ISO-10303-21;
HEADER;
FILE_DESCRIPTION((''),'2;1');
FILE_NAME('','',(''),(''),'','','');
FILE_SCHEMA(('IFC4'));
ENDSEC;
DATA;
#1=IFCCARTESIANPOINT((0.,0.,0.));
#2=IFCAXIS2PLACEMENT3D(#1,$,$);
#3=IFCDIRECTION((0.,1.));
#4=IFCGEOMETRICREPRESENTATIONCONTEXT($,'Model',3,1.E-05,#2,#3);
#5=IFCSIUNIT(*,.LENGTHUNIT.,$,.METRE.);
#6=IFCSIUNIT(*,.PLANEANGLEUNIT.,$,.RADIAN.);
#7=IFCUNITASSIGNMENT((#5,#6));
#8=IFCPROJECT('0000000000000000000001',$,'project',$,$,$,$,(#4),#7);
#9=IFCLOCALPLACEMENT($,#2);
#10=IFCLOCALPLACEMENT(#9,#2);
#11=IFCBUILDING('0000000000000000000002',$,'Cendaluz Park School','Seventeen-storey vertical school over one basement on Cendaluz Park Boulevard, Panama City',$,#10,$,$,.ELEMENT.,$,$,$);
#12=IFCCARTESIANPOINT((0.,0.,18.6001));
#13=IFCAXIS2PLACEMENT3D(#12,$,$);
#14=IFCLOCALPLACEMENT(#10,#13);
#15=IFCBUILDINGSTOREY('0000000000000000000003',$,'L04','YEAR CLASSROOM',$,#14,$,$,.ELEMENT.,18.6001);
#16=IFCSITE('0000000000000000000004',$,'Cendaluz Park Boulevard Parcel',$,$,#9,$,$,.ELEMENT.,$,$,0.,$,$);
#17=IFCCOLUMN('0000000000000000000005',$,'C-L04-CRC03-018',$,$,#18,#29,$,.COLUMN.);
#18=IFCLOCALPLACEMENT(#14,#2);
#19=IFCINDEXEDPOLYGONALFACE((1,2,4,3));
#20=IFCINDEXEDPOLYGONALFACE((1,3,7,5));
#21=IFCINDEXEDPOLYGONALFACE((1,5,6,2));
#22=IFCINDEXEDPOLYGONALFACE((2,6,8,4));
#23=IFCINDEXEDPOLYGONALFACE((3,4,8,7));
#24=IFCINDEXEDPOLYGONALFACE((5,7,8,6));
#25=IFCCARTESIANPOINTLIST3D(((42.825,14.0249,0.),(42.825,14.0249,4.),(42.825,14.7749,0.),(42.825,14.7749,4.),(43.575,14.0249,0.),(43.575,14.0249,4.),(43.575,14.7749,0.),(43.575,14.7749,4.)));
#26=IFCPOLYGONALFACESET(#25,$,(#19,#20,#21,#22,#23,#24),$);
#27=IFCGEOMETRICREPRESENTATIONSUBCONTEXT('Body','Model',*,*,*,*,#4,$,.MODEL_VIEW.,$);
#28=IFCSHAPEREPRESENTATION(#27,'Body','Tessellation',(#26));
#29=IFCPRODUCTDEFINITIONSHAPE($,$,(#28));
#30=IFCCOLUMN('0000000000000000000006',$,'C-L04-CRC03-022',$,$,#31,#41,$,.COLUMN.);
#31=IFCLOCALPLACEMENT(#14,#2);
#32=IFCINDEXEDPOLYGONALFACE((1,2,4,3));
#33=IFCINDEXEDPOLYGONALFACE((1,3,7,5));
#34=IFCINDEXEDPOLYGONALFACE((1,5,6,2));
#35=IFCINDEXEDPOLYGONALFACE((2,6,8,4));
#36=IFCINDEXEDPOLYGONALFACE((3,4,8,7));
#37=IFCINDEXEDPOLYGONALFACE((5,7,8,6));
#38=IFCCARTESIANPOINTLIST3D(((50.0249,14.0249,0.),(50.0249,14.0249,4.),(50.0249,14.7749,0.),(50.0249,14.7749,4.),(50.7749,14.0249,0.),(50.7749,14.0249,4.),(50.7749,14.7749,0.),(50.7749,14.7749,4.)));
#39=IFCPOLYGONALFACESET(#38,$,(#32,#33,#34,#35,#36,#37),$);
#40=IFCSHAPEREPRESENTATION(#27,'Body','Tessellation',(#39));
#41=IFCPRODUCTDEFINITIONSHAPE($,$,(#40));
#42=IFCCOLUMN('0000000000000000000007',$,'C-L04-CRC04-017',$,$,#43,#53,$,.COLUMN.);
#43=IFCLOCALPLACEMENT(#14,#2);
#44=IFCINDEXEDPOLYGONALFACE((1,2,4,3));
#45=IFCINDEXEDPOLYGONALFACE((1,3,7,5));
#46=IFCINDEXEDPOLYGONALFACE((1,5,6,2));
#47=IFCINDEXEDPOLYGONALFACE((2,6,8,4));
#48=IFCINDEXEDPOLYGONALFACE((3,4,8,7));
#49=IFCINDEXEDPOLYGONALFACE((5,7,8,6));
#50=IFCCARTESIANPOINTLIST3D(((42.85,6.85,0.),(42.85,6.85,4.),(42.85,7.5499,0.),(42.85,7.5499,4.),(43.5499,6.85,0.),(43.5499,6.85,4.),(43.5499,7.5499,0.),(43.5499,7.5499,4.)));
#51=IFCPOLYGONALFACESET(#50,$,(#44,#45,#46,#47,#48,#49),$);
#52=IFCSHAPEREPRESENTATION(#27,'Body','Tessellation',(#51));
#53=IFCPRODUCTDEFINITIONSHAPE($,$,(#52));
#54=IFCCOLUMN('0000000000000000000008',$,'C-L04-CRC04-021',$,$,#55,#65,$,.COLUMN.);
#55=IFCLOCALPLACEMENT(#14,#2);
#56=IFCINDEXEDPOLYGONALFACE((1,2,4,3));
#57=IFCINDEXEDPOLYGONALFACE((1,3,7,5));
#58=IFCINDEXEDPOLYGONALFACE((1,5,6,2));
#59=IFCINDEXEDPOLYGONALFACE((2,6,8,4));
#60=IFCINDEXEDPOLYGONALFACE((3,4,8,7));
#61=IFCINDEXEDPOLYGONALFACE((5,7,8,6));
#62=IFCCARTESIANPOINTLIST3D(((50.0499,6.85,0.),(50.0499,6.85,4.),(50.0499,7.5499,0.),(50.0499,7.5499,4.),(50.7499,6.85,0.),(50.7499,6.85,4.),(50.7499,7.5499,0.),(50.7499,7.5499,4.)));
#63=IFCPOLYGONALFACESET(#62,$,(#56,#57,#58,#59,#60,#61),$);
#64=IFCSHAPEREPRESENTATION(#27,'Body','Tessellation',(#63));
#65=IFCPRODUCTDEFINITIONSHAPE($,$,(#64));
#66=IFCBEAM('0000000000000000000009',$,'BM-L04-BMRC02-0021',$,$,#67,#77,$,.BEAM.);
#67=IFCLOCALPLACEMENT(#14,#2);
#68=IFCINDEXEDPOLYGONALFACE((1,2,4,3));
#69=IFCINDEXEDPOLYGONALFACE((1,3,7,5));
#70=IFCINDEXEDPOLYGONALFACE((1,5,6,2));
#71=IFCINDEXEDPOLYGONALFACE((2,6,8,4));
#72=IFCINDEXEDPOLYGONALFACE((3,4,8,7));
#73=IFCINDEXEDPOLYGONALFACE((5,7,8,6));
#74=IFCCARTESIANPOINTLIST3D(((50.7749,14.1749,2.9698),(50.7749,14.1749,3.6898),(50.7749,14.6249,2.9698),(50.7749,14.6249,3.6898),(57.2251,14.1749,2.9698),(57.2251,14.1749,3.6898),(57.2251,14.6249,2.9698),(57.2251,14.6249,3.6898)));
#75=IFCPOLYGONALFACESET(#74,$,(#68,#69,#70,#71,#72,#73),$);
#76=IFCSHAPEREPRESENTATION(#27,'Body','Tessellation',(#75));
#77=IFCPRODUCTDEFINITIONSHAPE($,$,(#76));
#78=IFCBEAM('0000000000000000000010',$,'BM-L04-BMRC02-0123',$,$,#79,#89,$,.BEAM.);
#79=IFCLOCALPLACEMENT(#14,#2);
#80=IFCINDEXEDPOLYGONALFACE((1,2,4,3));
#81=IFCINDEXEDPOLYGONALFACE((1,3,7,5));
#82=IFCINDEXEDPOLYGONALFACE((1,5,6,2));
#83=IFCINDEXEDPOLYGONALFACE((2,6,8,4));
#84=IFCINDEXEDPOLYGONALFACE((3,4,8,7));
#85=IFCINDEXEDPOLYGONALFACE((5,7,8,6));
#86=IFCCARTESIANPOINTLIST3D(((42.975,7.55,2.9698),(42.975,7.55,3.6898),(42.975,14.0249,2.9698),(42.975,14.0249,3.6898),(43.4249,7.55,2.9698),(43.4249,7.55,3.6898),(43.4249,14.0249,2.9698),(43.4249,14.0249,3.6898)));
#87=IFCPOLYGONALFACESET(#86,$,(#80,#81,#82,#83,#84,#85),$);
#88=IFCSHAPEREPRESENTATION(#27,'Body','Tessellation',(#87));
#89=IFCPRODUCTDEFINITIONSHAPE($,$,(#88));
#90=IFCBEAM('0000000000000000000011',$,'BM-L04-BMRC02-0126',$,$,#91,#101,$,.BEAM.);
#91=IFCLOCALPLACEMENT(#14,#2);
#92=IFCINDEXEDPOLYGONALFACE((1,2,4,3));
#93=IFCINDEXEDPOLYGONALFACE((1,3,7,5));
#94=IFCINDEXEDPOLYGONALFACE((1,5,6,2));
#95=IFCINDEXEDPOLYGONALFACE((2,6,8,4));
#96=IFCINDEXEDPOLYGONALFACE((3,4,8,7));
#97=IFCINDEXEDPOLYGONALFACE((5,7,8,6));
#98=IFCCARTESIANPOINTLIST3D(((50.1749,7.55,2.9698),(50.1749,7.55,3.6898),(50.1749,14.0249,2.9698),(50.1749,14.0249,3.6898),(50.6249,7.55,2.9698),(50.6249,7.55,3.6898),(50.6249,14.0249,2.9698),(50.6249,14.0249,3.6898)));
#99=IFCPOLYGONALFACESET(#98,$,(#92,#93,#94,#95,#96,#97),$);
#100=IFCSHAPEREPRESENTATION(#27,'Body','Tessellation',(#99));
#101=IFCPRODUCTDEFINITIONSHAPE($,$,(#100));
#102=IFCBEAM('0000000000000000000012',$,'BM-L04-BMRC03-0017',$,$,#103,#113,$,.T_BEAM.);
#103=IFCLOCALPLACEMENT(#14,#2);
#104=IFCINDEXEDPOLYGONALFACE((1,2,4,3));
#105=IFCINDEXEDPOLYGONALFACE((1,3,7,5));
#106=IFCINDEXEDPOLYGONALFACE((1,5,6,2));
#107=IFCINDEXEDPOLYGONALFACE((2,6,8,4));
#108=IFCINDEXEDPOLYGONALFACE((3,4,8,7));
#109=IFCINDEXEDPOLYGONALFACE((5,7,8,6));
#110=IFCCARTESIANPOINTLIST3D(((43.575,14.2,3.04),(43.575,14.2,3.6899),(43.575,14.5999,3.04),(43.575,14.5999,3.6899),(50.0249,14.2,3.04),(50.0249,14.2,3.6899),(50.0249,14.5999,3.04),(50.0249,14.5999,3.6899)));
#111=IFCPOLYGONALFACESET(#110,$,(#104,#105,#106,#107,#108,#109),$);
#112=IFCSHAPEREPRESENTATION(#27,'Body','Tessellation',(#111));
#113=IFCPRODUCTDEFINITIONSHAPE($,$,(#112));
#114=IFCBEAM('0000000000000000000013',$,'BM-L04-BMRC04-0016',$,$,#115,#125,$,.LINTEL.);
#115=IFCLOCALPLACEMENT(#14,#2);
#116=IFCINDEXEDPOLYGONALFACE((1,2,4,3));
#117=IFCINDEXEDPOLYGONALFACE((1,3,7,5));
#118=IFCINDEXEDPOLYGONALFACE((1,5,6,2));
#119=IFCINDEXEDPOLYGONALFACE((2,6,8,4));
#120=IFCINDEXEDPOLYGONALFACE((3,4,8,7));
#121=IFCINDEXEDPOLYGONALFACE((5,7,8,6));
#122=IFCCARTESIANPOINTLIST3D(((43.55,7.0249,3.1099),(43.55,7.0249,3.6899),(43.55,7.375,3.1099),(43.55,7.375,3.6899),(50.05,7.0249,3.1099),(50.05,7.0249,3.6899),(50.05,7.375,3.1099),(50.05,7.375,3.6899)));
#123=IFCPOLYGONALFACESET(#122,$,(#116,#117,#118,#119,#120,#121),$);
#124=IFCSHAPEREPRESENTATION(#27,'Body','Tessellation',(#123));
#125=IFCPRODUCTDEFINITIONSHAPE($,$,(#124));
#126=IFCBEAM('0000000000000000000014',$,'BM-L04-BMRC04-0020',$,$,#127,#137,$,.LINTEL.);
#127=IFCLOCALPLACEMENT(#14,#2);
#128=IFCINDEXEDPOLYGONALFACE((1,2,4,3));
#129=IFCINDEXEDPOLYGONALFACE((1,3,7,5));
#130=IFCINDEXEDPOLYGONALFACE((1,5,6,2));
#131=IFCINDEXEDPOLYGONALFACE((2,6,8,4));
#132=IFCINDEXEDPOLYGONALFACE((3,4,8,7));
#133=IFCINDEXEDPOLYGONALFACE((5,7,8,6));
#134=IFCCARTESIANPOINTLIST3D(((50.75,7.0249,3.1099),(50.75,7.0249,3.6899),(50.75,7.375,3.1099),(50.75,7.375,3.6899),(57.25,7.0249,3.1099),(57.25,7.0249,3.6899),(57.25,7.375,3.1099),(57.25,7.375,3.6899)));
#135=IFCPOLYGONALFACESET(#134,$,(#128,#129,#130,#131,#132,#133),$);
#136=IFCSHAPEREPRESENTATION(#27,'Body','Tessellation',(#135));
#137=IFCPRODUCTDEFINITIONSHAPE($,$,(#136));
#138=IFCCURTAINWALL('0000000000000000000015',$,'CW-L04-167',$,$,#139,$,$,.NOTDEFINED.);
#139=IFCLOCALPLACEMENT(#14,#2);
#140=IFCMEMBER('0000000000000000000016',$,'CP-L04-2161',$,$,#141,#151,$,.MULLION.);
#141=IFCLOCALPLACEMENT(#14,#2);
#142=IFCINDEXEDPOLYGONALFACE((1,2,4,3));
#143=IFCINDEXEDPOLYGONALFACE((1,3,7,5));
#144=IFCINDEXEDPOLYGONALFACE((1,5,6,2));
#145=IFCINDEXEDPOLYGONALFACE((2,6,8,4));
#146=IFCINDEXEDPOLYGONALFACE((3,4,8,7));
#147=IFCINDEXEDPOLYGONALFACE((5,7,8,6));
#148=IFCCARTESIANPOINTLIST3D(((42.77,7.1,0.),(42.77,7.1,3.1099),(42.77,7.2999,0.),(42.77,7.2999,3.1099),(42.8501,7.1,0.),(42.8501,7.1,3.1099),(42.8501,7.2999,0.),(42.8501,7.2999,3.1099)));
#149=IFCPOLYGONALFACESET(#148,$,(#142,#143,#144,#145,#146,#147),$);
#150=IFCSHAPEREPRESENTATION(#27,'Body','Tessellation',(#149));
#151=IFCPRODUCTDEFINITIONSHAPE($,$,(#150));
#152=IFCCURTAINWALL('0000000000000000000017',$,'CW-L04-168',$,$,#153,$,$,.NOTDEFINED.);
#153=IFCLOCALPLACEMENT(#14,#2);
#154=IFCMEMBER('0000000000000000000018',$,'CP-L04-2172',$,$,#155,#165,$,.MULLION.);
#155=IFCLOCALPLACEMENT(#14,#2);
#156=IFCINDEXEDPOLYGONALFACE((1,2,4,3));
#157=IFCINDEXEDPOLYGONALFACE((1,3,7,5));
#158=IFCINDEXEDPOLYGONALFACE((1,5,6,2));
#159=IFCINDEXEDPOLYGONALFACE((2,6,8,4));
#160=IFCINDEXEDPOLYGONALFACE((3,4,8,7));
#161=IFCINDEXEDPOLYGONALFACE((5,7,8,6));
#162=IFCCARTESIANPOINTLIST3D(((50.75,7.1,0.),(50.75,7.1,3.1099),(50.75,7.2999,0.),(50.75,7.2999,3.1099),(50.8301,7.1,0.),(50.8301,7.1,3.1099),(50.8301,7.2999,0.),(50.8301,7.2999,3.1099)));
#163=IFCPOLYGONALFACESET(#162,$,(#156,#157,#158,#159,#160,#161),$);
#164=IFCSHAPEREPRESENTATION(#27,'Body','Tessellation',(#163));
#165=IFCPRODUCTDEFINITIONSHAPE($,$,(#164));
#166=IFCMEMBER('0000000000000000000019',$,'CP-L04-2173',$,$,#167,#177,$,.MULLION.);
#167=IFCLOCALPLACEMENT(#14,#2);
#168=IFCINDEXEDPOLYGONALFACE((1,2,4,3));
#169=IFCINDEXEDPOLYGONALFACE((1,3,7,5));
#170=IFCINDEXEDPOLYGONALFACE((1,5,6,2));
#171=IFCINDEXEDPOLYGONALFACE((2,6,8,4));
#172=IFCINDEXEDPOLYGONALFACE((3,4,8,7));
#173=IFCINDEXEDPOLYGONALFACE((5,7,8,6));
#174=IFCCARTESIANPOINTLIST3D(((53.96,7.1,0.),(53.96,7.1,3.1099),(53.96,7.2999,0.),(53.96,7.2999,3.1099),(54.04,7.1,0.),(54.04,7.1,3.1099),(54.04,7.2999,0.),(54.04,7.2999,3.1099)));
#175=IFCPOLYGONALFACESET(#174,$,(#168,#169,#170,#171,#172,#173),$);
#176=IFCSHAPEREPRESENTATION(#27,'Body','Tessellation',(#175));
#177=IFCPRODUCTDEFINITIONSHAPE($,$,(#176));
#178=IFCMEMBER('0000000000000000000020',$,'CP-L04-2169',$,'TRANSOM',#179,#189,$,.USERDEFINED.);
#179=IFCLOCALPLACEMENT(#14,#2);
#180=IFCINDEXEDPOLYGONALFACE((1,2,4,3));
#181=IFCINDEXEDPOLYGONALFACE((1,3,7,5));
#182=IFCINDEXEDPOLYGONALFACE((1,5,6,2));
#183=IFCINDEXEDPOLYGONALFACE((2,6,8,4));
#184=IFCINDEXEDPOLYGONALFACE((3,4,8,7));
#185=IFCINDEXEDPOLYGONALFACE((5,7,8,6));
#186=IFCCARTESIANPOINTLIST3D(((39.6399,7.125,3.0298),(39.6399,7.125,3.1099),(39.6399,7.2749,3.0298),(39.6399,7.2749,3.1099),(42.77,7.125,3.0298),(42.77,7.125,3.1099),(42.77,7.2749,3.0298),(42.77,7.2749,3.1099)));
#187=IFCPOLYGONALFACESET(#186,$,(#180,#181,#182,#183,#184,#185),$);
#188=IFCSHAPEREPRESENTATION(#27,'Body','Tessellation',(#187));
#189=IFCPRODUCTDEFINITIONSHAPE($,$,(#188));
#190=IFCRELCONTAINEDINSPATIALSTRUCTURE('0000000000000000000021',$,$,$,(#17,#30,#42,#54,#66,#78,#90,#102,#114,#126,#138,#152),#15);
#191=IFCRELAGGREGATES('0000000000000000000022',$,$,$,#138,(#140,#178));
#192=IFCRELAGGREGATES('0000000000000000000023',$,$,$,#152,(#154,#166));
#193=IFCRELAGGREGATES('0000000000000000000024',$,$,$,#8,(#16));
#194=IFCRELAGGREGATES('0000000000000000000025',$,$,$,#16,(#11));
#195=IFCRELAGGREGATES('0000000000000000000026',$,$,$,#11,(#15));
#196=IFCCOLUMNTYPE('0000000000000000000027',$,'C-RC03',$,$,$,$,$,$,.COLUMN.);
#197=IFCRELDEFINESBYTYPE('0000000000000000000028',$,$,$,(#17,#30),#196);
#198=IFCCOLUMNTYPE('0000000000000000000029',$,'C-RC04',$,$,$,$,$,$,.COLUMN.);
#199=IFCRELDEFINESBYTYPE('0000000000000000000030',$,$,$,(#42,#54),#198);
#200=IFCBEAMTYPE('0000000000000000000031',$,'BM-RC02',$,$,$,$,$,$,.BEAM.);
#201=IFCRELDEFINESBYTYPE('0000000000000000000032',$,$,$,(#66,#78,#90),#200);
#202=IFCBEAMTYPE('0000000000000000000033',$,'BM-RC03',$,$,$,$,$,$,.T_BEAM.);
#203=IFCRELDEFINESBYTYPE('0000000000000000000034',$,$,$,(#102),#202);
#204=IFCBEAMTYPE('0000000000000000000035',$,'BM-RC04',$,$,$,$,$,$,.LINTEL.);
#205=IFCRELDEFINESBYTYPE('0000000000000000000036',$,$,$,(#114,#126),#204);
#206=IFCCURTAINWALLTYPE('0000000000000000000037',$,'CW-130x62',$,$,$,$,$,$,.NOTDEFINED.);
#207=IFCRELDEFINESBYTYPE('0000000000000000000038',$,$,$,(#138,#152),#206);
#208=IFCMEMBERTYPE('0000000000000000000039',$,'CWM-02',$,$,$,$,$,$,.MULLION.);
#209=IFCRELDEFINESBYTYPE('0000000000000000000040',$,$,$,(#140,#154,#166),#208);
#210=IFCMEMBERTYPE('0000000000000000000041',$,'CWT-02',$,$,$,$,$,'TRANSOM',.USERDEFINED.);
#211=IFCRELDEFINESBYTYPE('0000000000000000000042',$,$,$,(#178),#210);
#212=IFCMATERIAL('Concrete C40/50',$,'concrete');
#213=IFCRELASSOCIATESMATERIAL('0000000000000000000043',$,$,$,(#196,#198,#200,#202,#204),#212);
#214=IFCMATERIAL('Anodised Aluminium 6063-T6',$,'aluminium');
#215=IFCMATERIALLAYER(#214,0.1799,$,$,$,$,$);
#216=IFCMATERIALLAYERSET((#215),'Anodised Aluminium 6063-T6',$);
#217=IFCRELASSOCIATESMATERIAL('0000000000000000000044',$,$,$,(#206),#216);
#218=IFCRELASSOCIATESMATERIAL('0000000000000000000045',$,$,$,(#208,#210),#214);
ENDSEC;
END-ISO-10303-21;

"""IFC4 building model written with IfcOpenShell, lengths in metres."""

from ifc_helpers import new_model, si_unit, direction, frame, origin, origin_2d, place, context, subcontext, project, spatial, rectangle, extrude, material, layer, layer_set, material_profile, profile_set, type_object, element, aggregate, save


model = new_model("IFC4")

# Units and contexts
model_context = context("Model", 3, precision=1e-05, world=origin(), true_north=direction((0.0, 1.0)))
body_context = subcontext(model_context, "Body", "Model", "MODEL_VIEW")
ifc_project = project(units=[si_unit("LENGTHUNIT", "METRE"), si_unit("PLANEANGLEUNIT", "RADIAN")], contexts=[model_context])

# Site, building, storey
site_placement = place(None, origin())
site = spatial("IfcSite", under=ifc_project, at=site_placement, Name="Cendaluz Park Boulevard Parcel", CompositionType="ELEMENT", RefElevation=0.0)
building_placement = place(site_placement, origin())
building = spatial("IfcBuilding", under=site, at=building_placement, Name="Cendaluz Park School", Description="Seventeen-storey vertical school over one basement on Cendaluz Park Boulevard, Panama City", CompositionType="ELEMENT")
storey_placement = place(building_placement, frame((0.0, 0.0, 18.6001)))
storey = spatial("IfcBuildingStorey", under=building, at=storey_placement, Name="L04", Description="YEAR CLASSROOM", CompositionType="ELEMENT", Elevation=18.6001)

# Columns
ifc_material_1 = material(Name="Concrete C40/50", Category="concrete")
ifc_material_profile_1 = material_profile(ifc_material_1, rectangle(XDim=0.75, YDim=0.75, at=origin_2d()), Name="RC 750x750", Category="concrete")
ifc_profile_set_1 = profile_set([ifc_material_profile_1], Name="Concrete C40/50")
column_type_1 = type_object("IfcColumnType", Name="C-RC03", PredefinedType="COLUMN", material=ifc_profile_set_1)
for number, where, z_axis, x_axis, name in (
    (1, (43.2, 14.3999, 0.0), (0.0, 0.0, 1.0), (1.0, 0.0, 0.0), "C-L04-CRC03-018"),
    (2, (50.3999, 14.3999, 0.0), (0.0, 0.0, 1.0), (1.0, 0.0, 0.0), "C-L04-CRC03-022"),
):
    element("IfcColumn", number, at=place(storey_placement, frame(where, z_axis=z_axis, x_axis=x_axis)), inside=storey, type_object=column_type_1, Name=name, PredefinedType="COLUMN", context=body_context, shape_type="SweptSolid", body=[
        extrude(rectangle(XDim=0.75, YDim=0.75, at=origin_2d()), origin(), (0.0, 0.0, 1.0), 4.0),
    ])
ifc_material_profile_2 = material_profile(ifc_material_1, rectangle(XDim=0.7, YDim=0.7, at=origin_2d()), Name="RC 700x700", Category="concrete")
ifc_profile_set_2 = profile_set([ifc_material_profile_2], Name="Concrete C40/50")
column_type_2 = type_object("IfcColumnType", Name="C-RC04", PredefinedType="COLUMN", material=ifc_profile_set_2)
for number, where, z_axis, x_axis, name in (
    (3, (43.2, 7.2, 0.0), (0.0, 0.0, 1.0), (1.0, 0.0, 0.0), "C-L04-CRC04-017"),
    (4, (50.3999, 7.2, 0.0), (0.0, 0.0, 1.0), (1.0, 0.0, 0.0), "C-L04-CRC04-021"),
):
    element("IfcColumn", number, at=place(storey_placement, frame(where, z_axis=z_axis, x_axis=x_axis)), inside=storey, type_object=column_type_2, Name=name, PredefinedType="COLUMN", context=body_context, shape_type="SweptSolid", body=[
        extrude(rectangle(XDim=0.7, YDim=0.7, at=origin_2d()), origin(), (0.0, 0.0, 1.0), 4.0),
    ])

# Beams
ifc_material_profile_3 = material_profile(ifc_material_1, rectangle(XDim=0.45, YDim=0.72, at=origin_2d()), Name="RC 450x720", Category="concrete")
ifc_profile_set_3 = profile_set([ifc_material_profile_3], Name="Concrete C40/50")
beam_type_1 = type_object("IfcBeamType", Name="BM-RC02", PredefinedType="BEAM", material=ifc_profile_set_3)
beam_1_placement = place(storey_placement, frame((50.7749, 14.3999, 3.3298), z_axis=(1.0, 0.0, 0.0), x_axis=(0.0, 1.0, 0.0)))
element("IfcBeam", 5, at=beam_1_placement, inside=storey, type_object=beam_type_1, Name="BM-L04-BMRC02-0021", PredefinedType="BEAM", context=body_context, shape_type="SweptSolid", body=[
    extrude(rectangle(XDim=0.45, YDim=0.72, at=origin_2d()), origin(), (0.0, 0.0, 1.0), 6.4502),
])
for number, where, z_axis, x_axis, name in (
    (6, (43.2, 7.55, 3.3298), (0.0, 1.0, 0.0), (-1.0, 0.0, 0.0), "BM-L04-BMRC02-0123"),
    (7, (50.3999, 7.55, 3.3298), (0.0, 1.0, 0.0), (-1.0, 0.0, 0.0), "BM-L04-BMRC02-0126"),
):
    element("IfcBeam", number, at=place(storey_placement, frame(where, z_axis=z_axis, x_axis=x_axis)), inside=storey, type_object=beam_type_1, Name=name, PredefinedType="BEAM", context=body_context, shape_type="SweptSolid", body=[
        extrude(rectangle(XDim=0.45, YDim=0.72, at=origin_2d()), origin(), (0.0, 0.0, 1.0), 6.4749),
    ])
ifc_material_profile_4 = material_profile(ifc_material_1, rectangle(XDim=0.3999, YDim=0.6499, at=origin_2d()), Name="RC 400x650", Category="concrete")
ifc_profile_set_4 = profile_set([ifc_material_profile_4], Name="Concrete C40/50")
beam_type_2 = type_object("IfcBeamType", Name="BM-RC03", PredefinedType="T_BEAM", material=ifc_profile_set_4)
beam_2_placement = place(storey_placement, frame((43.575, 14.3999, 3.365), z_axis=(1.0, 0.0, 0.0), x_axis=(0.0, 1.0, 0.0)))
element("IfcBeam", 8, at=beam_2_placement, inside=storey, type_object=beam_type_2, Name="BM-L04-BMRC03-0017", PredefinedType="T_BEAM", context=body_context, shape_type="SweptSolid", body=[
    extrude(rectangle(XDim=0.3999, YDim=0.6499, at=origin_2d()), origin(), (0.0, 0.0, 1.0), 6.45),
])
ifc_material_profile_5 = material_profile(ifc_material_1, rectangle(XDim=0.3501, YDim=0.5801, at=origin_2d()), Name="RC 350x580", Category="concrete")
ifc_profile_set_5 = profile_set([ifc_material_profile_5], Name="Concrete C40/50")
beam_type_3 = type_object("IfcBeamType", Name="BM-RC04", PredefinedType="LINTEL", material=ifc_profile_set_5)
for number, where, z_axis, x_axis, name in (
    (9, (43.55, 7.2, 3.3999), (1.0, 0.0, 0.0), (0.0, 1.0, 0.0), "BM-L04-BMRC04-0016"),
    (10, (50.75, 7.2, 3.3999), (1.0, 0.0, 0.0), (0.0, 1.0, 0.0), "BM-L04-BMRC04-0020"),
):
    element("IfcBeam", number, at=place(storey_placement, frame(where, z_axis=z_axis, x_axis=x_axis)), inside=storey, type_object=beam_type_3, Name=name, PredefinedType="LINTEL", context=body_context, shape_type="SweptSolid", body=[
        extrude(rectangle(XDim=0.3501, YDim=0.5801, at=origin_2d()), origin(), (0.0, 0.0, 1.0), 6.5),
    ])

# Curtain wall, member
ifc_material_2 = material(Name="Anodised Aluminium 6063-T6", Category="aluminium")
ifc_layer_1 = layer(ifc_material_2, 0.1799)
ifc_layer_set_1 = layer_set([ifc_layer_1], Name="Anodised Aluminium 6063-T6")
curtain_wall_type = type_object("IfcCurtainWallType", Name="CW-130x62", PredefinedType="NOTDEFINED", material=ifc_layer_set_1)
curtain_wall_1_placement = place(storey_placement, origin())
curtain_wall_1 = element("IfcCurtainWall", 11, at=curtain_wall_1_placement, inside=storey, type_object=curtain_wall_type, Name="CW-L04-167", PredefinedType="NOTDEFINED")
ifc_material_profile_6 = material_profile(ifc_material_2, rectangle(XDim=0.2, YDim=0.0801, at=origin_2d()), Name="CWM 200x80", Category="aluminium")
ifc_profile_set_6 = profile_set([ifc_material_profile_6], Name="Anodised Aluminium 6063-T6")
member_type_1 = type_object("IfcMemberType", Name="CWM-02", PredefinedType="MULLION", material=ifc_profile_set_6)
member_1_placement = place(storey_placement, frame((42.8101, 7.2, 0.0), z_axis=(0.0, 0.0, 1.0), x_axis=(0.0, 1.0, 0.0)))
member_1 = element("IfcMember", 12, at=member_1_placement, type_object=member_type_1, Name="CP-L04-2161", PredefinedType="MULLION", context=body_context, shape_type="SweptSolid", body=[
    extrude(rectangle(XDim=0.2, YDim=0.0801, at=origin_2d()), origin(), (0.0, 0.0, 1.0), 3.1099),
])

# Curtain wall, members
curtain_wall_2_placement = place(storey_placement, origin())
curtain_wall_2 = element("IfcCurtainWall", 13, at=curtain_wall_2_placement, inside=storey, type_object=curtain_wall_type, Name="CW-L04-168", PredefinedType="NOTDEFINED")
member_2_placement = place(storey_placement, frame((50.79, 7.2, 0.0), z_axis=(0.0, 0.0, 1.0), x_axis=(0.0, 1.0, 0.0)))
member_2 = element("IfcMember", 14, at=member_2_placement, type_object=member_type_1, Name="CP-L04-2172", PredefinedType="MULLION", context=body_context, shape_type="SweptSolid", body=[
    extrude(rectangle(XDim=0.2, YDim=0.0801, at=origin_2d()), origin(), (0.0, 0.0, 1.0), 3.1099),
])
member_3_placement = place(storey_placement, frame((54.0, 7.2, 0.0), z_axis=(0.0, 0.0, 1.0), x_axis=(0.0, 1.0, 0.0)))
member_3 = element("IfcMember", 15, at=member_3_placement, type_object=member_type_1, Name="CP-L04-2173", PredefinedType="MULLION", context=body_context, shape_type="SweptSolid", body=[
    extrude(rectangle(XDim=0.2, YDim=0.0801, at=origin_2d()), origin(), (0.0, 0.0, 1.0), 3.1099),
])

# Member
ifc_material_profile_7 = material_profile(ifc_material_2, rectangle(XDim=0.1499, YDim=0.0801, at=origin_2d()), Name="CWT 150x80", Category="aluminium")
ifc_profile_set_7 = profile_set([ifc_material_profile_7], Name="Anodised Aluminium 6063-T6")
member_type_2 = type_object("IfcMemberType", Name="CWT-02", ElementType="TRANSOM", PredefinedType="USERDEFINED", material=ifc_profile_set_7)
member_4_placement = place(storey_placement, frame((39.6399, 7.2, 3.0698), z_axis=(1.0, 0.0, 0.0), x_axis=(0.0, 1.0, 0.0)))
member_4 = element("IfcMember", 16, at=member_4_placement, type_object=member_type_2, Name="CP-L04-2169", ObjectType="TRANSOM", PredefinedType="USERDEFINED", context=body_context, shape_type="SweptSolid", body=[
    extrude(rectangle(XDim=0.1499, YDim=0.0801, at=origin_2d()), origin(), (0.0, 0.0, 1.0), 3.1301),
])

aggregate(curtain_wall_1, [member_1, member_4])
aggregate(curtain_wall_2, [member_2, member_3])

save(model, "model.ifc")
